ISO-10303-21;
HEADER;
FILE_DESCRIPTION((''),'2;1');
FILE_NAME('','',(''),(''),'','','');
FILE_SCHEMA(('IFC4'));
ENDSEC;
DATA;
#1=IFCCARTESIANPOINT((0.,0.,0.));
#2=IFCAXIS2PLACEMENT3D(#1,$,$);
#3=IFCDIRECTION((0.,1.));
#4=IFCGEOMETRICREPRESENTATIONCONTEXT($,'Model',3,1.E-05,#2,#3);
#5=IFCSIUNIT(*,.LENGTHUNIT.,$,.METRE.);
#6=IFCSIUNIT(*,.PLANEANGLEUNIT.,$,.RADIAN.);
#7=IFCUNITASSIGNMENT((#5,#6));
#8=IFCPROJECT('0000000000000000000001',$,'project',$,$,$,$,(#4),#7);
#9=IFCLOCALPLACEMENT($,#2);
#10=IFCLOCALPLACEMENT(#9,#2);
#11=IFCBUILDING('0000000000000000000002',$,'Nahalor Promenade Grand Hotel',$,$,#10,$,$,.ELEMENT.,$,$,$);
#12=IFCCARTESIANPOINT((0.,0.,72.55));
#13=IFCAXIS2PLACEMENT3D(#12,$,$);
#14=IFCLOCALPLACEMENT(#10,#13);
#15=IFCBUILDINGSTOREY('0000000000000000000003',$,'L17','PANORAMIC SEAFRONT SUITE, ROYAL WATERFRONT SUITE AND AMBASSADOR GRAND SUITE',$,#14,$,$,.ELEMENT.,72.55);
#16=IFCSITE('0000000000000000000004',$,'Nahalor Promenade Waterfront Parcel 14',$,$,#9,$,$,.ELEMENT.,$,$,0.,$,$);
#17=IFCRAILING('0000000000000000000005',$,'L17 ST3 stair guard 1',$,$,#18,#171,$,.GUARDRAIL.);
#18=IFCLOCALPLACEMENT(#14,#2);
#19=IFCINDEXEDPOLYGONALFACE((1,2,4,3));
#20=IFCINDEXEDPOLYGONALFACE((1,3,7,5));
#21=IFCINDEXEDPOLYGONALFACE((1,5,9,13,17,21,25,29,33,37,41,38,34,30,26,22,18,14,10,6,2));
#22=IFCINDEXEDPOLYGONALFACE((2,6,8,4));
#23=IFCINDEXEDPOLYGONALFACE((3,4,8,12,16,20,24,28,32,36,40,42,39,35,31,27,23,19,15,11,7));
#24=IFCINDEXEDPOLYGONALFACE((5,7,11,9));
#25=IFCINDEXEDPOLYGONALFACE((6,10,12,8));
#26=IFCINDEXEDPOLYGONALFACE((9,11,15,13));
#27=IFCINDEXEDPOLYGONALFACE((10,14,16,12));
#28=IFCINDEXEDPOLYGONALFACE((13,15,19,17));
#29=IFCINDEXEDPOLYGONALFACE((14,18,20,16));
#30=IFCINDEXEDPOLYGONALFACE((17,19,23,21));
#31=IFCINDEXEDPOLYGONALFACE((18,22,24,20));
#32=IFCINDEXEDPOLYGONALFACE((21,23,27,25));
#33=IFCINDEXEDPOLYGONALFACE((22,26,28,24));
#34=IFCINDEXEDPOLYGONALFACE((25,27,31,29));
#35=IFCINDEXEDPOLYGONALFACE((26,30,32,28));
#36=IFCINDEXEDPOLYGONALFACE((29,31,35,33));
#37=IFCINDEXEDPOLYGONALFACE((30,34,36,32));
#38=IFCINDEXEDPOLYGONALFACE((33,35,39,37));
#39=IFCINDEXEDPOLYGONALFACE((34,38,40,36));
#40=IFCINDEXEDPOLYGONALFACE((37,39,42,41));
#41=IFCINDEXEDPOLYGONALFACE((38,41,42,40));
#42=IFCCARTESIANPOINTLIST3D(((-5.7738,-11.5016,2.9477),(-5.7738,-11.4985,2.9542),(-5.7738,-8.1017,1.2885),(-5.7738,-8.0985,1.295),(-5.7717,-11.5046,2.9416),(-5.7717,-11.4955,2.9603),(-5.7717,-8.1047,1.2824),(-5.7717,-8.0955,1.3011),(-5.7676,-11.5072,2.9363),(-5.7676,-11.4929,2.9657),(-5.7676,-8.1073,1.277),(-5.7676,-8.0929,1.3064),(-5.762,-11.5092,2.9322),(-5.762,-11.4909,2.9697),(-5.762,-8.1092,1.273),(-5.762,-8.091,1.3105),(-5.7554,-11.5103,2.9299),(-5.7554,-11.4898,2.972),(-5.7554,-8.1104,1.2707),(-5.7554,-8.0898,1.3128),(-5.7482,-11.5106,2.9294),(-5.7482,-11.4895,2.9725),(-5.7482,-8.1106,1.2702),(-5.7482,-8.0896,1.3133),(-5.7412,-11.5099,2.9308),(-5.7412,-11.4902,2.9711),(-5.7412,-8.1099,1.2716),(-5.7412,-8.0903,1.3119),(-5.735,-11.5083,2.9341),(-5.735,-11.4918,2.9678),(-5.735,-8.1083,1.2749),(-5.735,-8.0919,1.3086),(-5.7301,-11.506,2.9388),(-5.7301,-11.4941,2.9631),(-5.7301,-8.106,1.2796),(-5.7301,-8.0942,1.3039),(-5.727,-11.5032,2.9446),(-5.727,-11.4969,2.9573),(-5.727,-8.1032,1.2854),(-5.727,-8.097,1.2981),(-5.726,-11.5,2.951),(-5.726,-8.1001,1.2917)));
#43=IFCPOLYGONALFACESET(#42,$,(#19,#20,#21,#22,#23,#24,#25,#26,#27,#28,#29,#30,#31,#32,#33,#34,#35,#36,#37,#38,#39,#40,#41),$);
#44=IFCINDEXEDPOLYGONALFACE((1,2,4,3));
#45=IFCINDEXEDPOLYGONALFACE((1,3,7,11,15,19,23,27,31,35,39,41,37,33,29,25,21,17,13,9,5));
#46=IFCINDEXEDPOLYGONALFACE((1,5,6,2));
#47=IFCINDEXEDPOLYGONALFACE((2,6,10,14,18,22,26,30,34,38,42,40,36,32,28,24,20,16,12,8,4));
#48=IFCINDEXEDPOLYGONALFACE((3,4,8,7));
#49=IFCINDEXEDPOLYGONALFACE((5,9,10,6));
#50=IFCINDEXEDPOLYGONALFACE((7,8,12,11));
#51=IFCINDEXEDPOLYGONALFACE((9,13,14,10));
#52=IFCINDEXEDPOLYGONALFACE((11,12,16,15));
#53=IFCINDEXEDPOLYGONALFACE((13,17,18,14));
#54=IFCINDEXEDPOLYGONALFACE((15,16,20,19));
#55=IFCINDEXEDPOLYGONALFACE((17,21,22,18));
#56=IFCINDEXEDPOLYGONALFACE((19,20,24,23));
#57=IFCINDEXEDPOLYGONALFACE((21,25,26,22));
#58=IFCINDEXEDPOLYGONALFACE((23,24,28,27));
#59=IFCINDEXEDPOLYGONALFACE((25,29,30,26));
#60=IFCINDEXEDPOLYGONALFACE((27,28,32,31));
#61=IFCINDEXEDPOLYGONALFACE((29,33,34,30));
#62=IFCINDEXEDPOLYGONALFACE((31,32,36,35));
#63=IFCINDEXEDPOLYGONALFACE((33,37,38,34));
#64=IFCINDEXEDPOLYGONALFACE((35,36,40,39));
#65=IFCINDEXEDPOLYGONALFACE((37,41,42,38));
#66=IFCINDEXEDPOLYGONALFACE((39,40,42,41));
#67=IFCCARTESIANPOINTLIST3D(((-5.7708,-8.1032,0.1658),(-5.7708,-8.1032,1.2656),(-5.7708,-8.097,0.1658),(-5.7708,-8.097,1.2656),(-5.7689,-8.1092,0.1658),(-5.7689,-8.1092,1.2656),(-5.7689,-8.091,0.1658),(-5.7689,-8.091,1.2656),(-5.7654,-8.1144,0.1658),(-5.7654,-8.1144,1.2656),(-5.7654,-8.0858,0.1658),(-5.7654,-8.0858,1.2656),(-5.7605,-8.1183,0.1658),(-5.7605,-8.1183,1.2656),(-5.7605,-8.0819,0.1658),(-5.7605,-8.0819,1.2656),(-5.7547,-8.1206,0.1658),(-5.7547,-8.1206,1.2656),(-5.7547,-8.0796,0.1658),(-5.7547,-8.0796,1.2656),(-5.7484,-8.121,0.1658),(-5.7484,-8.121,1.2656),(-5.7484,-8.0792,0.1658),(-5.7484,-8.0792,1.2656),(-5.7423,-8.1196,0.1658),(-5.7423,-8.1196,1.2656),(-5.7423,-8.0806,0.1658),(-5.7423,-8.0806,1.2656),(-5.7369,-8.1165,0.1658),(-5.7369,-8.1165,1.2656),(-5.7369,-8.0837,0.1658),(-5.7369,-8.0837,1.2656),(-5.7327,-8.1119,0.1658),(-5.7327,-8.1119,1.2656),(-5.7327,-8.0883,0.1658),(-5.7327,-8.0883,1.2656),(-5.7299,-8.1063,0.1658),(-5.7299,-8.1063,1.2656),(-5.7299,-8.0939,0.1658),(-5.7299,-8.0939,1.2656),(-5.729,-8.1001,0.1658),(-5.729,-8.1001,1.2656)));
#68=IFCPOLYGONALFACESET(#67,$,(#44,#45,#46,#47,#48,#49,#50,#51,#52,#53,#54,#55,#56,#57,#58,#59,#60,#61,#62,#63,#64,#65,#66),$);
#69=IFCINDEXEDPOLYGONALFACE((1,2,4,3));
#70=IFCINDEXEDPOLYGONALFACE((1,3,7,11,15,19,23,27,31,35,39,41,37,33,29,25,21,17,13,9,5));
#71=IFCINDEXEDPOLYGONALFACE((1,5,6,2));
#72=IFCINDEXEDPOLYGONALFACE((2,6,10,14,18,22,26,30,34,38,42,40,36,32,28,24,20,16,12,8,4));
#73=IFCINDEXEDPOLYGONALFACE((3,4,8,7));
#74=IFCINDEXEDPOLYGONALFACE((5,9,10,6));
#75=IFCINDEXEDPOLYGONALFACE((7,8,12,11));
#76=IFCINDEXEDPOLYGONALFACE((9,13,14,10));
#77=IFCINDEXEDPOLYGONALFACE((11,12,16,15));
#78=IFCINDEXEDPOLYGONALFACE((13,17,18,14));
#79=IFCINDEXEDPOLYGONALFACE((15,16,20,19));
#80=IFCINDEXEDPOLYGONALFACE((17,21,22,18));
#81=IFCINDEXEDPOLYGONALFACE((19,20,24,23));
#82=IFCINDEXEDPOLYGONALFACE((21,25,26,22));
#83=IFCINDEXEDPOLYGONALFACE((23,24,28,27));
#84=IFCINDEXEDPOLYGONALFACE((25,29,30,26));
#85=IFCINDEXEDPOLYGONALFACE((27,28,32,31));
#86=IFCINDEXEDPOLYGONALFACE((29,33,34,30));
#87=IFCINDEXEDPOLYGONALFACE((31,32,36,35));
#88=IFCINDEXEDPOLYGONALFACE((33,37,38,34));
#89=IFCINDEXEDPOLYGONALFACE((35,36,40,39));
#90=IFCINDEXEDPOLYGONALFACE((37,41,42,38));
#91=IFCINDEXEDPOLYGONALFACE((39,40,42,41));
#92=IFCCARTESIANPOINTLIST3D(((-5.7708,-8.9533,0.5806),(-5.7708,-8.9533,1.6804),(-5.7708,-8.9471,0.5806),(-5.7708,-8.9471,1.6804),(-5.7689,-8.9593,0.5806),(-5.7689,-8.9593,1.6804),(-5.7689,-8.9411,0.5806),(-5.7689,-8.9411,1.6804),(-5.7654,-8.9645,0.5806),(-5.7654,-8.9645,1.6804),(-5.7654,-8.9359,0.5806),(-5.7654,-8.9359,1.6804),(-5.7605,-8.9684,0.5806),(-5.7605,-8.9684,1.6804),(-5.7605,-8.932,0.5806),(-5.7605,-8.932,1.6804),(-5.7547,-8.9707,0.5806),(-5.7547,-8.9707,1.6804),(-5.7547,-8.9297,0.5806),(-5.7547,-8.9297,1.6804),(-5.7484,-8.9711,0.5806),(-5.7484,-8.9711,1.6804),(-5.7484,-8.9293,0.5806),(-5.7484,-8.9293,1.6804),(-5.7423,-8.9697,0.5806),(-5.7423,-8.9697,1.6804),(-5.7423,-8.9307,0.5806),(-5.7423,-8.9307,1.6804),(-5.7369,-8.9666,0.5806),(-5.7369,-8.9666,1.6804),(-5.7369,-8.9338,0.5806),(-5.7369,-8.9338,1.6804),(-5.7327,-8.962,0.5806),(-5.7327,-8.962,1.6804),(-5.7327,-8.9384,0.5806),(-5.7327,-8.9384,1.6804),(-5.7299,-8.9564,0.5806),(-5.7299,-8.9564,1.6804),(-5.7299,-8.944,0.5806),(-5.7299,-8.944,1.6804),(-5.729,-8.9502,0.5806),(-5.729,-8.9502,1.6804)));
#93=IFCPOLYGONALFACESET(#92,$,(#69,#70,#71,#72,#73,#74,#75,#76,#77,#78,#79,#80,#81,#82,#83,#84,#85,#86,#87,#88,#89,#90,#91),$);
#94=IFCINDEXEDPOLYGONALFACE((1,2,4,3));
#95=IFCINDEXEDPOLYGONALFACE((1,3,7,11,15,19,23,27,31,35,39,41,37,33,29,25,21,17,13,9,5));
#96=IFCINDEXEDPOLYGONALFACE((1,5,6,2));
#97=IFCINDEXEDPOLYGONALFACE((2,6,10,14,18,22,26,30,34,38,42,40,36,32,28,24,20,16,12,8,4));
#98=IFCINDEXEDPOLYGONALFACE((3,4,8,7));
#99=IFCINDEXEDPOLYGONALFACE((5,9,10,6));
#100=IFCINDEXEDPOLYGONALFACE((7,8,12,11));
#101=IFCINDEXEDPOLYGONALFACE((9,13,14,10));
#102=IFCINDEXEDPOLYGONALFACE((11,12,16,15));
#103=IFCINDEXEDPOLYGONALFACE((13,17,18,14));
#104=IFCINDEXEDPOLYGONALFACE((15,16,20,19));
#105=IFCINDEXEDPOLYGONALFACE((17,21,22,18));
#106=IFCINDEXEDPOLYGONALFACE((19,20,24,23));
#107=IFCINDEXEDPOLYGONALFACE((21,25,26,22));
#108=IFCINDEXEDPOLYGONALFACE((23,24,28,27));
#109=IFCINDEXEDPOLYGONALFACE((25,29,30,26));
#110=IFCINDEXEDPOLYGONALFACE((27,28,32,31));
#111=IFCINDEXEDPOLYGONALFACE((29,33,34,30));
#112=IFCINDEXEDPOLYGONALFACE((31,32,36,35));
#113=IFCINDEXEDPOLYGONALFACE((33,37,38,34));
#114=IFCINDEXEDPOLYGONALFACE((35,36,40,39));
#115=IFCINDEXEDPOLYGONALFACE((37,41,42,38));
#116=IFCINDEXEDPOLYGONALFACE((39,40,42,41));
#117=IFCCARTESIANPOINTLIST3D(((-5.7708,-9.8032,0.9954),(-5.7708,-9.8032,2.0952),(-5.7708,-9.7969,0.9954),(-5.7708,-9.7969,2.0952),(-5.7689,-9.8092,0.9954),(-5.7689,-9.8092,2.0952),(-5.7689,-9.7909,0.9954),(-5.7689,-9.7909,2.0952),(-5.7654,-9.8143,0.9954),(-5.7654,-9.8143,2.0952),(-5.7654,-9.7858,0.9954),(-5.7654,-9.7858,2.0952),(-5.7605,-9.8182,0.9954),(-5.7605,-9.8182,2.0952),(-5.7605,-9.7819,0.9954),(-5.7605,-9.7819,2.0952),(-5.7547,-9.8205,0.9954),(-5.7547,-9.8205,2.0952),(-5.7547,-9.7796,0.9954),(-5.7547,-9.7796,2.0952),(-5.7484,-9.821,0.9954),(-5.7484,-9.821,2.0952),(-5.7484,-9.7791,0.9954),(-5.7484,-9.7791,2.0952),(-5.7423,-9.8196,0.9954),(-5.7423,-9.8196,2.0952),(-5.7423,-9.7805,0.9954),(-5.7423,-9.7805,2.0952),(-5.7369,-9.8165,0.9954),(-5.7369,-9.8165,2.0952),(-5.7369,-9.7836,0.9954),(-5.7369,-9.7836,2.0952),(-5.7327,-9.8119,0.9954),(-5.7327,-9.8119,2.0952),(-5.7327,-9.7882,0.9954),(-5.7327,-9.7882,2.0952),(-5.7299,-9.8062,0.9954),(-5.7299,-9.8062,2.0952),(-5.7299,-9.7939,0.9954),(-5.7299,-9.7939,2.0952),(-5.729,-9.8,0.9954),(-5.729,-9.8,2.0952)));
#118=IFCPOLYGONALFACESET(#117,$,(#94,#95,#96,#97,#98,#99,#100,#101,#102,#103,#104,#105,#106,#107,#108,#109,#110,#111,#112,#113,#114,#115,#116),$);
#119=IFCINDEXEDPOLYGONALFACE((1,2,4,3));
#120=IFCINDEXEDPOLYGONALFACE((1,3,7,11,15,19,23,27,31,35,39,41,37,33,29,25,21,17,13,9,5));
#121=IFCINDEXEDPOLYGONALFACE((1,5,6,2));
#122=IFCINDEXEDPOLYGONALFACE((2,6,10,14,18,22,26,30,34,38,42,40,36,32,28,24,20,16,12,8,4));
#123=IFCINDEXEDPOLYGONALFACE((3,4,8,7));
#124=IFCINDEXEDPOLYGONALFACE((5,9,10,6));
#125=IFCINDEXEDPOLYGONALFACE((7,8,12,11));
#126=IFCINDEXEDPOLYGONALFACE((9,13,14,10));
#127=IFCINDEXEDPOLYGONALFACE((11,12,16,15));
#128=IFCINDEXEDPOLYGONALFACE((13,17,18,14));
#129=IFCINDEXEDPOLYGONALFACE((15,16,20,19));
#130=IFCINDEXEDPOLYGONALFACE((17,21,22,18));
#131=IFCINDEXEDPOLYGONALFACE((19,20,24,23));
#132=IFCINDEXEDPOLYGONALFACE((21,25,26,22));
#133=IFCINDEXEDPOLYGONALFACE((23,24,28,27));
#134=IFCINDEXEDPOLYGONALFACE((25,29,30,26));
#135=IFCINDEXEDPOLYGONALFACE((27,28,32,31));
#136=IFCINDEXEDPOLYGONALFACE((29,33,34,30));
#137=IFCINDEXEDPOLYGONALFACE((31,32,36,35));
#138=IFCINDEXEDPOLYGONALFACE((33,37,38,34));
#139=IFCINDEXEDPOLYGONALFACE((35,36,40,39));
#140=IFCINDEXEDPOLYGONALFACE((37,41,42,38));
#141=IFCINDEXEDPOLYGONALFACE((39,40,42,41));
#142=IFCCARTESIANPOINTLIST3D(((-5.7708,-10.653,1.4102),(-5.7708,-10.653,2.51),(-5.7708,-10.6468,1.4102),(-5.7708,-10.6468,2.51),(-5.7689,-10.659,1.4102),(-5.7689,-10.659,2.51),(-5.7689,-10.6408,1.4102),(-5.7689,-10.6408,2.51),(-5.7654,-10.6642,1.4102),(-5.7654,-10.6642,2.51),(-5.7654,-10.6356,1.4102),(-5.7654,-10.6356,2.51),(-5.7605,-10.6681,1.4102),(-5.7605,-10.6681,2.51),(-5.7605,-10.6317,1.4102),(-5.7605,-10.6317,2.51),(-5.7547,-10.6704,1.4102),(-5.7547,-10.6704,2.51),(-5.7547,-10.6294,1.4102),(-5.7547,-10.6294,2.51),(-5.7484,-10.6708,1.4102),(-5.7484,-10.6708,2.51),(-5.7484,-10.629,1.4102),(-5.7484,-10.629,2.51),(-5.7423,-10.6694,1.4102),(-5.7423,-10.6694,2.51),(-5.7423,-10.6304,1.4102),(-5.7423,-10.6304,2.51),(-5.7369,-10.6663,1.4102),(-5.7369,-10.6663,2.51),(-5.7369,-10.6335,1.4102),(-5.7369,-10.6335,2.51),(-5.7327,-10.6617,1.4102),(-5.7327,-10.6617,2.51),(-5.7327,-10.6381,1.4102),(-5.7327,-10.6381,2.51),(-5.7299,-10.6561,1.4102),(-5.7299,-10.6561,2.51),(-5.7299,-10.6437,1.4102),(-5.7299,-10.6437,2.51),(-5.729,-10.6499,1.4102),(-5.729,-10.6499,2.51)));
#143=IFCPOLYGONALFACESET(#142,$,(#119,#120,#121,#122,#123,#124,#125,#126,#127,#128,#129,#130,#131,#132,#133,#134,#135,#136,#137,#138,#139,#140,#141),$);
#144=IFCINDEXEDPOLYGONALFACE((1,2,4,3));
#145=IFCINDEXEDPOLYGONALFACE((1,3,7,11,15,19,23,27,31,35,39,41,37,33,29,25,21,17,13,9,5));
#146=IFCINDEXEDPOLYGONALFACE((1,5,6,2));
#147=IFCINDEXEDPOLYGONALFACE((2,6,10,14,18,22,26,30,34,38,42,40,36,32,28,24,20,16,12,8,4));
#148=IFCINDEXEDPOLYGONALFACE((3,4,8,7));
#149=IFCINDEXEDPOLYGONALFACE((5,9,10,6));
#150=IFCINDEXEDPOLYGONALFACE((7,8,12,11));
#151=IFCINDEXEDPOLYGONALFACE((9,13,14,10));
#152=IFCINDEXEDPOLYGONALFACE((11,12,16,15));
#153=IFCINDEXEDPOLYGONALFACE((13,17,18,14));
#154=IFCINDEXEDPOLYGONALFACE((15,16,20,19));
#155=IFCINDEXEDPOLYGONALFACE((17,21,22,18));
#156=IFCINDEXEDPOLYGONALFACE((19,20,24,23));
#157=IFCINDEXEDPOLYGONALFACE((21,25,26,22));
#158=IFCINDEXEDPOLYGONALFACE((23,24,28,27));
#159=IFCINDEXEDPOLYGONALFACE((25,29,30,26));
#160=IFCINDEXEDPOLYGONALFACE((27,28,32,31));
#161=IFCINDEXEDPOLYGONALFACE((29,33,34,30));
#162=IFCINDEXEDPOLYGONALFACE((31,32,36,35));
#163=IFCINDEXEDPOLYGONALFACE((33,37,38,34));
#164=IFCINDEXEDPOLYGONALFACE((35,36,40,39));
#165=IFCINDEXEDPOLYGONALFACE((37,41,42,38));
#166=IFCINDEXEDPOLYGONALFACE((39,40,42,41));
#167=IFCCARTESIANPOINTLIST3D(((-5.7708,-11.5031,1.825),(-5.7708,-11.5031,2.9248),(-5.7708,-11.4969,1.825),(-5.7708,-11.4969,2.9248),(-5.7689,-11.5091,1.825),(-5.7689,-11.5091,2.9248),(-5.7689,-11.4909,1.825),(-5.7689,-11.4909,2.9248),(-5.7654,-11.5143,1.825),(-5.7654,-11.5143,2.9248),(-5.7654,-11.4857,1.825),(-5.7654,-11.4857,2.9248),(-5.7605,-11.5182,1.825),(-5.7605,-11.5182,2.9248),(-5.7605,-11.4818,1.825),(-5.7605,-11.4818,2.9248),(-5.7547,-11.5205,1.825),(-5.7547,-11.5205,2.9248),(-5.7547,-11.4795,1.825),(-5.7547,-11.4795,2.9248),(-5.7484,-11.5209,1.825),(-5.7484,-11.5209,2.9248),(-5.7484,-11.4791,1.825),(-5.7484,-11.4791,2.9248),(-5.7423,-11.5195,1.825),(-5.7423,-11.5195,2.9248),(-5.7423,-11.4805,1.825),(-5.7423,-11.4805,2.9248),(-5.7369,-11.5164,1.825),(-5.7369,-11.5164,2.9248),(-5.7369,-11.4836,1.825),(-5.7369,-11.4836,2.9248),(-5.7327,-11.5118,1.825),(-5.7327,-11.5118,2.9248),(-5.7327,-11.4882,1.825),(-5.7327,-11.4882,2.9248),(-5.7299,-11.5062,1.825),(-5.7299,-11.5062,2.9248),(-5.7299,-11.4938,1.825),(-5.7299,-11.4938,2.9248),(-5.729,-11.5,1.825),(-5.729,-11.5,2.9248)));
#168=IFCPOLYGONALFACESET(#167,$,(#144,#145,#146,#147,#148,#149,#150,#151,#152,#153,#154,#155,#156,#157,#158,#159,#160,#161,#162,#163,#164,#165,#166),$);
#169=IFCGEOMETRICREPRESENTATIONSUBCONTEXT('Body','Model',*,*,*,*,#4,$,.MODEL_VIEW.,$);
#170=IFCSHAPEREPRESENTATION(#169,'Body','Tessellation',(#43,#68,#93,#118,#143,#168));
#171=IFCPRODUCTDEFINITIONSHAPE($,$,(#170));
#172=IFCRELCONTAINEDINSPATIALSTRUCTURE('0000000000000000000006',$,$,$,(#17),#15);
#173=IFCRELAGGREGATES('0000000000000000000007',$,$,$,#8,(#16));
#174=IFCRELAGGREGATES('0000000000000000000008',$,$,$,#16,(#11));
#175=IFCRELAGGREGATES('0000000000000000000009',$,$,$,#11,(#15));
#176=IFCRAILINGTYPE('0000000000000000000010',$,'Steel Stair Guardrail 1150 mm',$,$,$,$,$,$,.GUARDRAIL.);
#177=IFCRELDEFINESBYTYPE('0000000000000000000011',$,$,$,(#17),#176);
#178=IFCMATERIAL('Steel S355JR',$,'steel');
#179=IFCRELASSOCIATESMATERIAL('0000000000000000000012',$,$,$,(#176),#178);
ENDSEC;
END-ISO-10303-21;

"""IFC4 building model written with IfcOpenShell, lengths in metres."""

from ifc_helpers import new_model, si_unit, direction, frame, origin, origin_2d, place, context, subcontext, project, spatial, circle, extrude, material, type_object, element, save


model = new_model("IFC4")

# Units and contexts
model_context = context("Model", 3, precision=1e-05, world=origin(), true_north=direction((0.0, 1.0)))
body_context = subcontext(model_context, "Body", "Model", "MODEL_VIEW")
ifc_project = project(units=[si_unit("LENGTHUNIT", "METRE"), si_unit("PLANEANGLEUNIT", "RADIAN")], contexts=[model_context])

# Site, building, storey
site_placement = place(None, origin())
site = spatial("IfcSite", under=ifc_project, at=site_placement, Name="Nahalor Promenade Waterfront Parcel 14", CompositionType="ELEMENT", RefElevation=0.0)
building_placement = place(site_placement, origin())
building = spatial("IfcBuilding", under=site, at=building_placement, Name="Nahalor Promenade Grand Hotel", CompositionType="ELEMENT")
storey_placement = place(building_placement, frame((0.0, 0.0, 72.55)))
storey = spatial("IfcBuildingStorey", under=building, at=storey_placement, Name="L17", Description="PANORAMIC SEAFRONT SUITE, ROYAL WATERFRONT SUITE AND AMBASSADOR GRAND SUITE", CompositionType="ELEMENT", Elevation=72.55)

# Shared definitions
ifc_material_1 = material(Name="Steel S355JR", Category="steel")

# Railing
railing_type_1 = type_object("IfcRailingType", Name="Steel Stair Guardrail 1150 mm", PredefinedType="GUARDRAIL", material=ifc_material_1)
railing_1_placement = place(storey_placement, frame((-5.75, -8.1001, 0.1658)))
element("IfcRailing", 1, at=railing_1_placement, inside=storey, type_object=railing_type_1, Name="L17 ST3 stair guard 1", PredefinedType="GUARDRAIL", context=body_context, shape_type="SweptSolid", body=[
    extrude(circle(Radius=0.024, at=origin_2d()), frame((0.0, 0.0, 1.126), z_axis=(0.0, -0.898696, 0.438571), x_axis=(1.0, 0.0, 0.0)), (0.0, 0.0, 1.0), 3.7832),
    extrude(circle(Radius=0.021, at=origin_2d()), origin(), (0.0, 0.0, 1.0), 1.0999),
    extrude(circle(Radius=0.021, at=origin_2d()), frame((0.0, -0.8501, 0.4148)), (0.0, 0.0, 1.0), 1.0999),
    extrude(circle(Radius=0.021, at=origin_2d()), frame((0.0, -1.7, 0.8296)), (0.0, 0.0, 1.0), 1.0999),
    extrude(circle(Radius=0.021, at=origin_2d()), frame((0.0, -2.5498, 1.2444)), (0.0, 0.0, 1.0), 1.0999),
    extrude(circle(Radius=0.021, at=origin_2d()), frame((0.0, -3.3999, 1.6592)), (0.0, 0.0, 1.0), 1.0999),
])

save(model, "model.ifc")
